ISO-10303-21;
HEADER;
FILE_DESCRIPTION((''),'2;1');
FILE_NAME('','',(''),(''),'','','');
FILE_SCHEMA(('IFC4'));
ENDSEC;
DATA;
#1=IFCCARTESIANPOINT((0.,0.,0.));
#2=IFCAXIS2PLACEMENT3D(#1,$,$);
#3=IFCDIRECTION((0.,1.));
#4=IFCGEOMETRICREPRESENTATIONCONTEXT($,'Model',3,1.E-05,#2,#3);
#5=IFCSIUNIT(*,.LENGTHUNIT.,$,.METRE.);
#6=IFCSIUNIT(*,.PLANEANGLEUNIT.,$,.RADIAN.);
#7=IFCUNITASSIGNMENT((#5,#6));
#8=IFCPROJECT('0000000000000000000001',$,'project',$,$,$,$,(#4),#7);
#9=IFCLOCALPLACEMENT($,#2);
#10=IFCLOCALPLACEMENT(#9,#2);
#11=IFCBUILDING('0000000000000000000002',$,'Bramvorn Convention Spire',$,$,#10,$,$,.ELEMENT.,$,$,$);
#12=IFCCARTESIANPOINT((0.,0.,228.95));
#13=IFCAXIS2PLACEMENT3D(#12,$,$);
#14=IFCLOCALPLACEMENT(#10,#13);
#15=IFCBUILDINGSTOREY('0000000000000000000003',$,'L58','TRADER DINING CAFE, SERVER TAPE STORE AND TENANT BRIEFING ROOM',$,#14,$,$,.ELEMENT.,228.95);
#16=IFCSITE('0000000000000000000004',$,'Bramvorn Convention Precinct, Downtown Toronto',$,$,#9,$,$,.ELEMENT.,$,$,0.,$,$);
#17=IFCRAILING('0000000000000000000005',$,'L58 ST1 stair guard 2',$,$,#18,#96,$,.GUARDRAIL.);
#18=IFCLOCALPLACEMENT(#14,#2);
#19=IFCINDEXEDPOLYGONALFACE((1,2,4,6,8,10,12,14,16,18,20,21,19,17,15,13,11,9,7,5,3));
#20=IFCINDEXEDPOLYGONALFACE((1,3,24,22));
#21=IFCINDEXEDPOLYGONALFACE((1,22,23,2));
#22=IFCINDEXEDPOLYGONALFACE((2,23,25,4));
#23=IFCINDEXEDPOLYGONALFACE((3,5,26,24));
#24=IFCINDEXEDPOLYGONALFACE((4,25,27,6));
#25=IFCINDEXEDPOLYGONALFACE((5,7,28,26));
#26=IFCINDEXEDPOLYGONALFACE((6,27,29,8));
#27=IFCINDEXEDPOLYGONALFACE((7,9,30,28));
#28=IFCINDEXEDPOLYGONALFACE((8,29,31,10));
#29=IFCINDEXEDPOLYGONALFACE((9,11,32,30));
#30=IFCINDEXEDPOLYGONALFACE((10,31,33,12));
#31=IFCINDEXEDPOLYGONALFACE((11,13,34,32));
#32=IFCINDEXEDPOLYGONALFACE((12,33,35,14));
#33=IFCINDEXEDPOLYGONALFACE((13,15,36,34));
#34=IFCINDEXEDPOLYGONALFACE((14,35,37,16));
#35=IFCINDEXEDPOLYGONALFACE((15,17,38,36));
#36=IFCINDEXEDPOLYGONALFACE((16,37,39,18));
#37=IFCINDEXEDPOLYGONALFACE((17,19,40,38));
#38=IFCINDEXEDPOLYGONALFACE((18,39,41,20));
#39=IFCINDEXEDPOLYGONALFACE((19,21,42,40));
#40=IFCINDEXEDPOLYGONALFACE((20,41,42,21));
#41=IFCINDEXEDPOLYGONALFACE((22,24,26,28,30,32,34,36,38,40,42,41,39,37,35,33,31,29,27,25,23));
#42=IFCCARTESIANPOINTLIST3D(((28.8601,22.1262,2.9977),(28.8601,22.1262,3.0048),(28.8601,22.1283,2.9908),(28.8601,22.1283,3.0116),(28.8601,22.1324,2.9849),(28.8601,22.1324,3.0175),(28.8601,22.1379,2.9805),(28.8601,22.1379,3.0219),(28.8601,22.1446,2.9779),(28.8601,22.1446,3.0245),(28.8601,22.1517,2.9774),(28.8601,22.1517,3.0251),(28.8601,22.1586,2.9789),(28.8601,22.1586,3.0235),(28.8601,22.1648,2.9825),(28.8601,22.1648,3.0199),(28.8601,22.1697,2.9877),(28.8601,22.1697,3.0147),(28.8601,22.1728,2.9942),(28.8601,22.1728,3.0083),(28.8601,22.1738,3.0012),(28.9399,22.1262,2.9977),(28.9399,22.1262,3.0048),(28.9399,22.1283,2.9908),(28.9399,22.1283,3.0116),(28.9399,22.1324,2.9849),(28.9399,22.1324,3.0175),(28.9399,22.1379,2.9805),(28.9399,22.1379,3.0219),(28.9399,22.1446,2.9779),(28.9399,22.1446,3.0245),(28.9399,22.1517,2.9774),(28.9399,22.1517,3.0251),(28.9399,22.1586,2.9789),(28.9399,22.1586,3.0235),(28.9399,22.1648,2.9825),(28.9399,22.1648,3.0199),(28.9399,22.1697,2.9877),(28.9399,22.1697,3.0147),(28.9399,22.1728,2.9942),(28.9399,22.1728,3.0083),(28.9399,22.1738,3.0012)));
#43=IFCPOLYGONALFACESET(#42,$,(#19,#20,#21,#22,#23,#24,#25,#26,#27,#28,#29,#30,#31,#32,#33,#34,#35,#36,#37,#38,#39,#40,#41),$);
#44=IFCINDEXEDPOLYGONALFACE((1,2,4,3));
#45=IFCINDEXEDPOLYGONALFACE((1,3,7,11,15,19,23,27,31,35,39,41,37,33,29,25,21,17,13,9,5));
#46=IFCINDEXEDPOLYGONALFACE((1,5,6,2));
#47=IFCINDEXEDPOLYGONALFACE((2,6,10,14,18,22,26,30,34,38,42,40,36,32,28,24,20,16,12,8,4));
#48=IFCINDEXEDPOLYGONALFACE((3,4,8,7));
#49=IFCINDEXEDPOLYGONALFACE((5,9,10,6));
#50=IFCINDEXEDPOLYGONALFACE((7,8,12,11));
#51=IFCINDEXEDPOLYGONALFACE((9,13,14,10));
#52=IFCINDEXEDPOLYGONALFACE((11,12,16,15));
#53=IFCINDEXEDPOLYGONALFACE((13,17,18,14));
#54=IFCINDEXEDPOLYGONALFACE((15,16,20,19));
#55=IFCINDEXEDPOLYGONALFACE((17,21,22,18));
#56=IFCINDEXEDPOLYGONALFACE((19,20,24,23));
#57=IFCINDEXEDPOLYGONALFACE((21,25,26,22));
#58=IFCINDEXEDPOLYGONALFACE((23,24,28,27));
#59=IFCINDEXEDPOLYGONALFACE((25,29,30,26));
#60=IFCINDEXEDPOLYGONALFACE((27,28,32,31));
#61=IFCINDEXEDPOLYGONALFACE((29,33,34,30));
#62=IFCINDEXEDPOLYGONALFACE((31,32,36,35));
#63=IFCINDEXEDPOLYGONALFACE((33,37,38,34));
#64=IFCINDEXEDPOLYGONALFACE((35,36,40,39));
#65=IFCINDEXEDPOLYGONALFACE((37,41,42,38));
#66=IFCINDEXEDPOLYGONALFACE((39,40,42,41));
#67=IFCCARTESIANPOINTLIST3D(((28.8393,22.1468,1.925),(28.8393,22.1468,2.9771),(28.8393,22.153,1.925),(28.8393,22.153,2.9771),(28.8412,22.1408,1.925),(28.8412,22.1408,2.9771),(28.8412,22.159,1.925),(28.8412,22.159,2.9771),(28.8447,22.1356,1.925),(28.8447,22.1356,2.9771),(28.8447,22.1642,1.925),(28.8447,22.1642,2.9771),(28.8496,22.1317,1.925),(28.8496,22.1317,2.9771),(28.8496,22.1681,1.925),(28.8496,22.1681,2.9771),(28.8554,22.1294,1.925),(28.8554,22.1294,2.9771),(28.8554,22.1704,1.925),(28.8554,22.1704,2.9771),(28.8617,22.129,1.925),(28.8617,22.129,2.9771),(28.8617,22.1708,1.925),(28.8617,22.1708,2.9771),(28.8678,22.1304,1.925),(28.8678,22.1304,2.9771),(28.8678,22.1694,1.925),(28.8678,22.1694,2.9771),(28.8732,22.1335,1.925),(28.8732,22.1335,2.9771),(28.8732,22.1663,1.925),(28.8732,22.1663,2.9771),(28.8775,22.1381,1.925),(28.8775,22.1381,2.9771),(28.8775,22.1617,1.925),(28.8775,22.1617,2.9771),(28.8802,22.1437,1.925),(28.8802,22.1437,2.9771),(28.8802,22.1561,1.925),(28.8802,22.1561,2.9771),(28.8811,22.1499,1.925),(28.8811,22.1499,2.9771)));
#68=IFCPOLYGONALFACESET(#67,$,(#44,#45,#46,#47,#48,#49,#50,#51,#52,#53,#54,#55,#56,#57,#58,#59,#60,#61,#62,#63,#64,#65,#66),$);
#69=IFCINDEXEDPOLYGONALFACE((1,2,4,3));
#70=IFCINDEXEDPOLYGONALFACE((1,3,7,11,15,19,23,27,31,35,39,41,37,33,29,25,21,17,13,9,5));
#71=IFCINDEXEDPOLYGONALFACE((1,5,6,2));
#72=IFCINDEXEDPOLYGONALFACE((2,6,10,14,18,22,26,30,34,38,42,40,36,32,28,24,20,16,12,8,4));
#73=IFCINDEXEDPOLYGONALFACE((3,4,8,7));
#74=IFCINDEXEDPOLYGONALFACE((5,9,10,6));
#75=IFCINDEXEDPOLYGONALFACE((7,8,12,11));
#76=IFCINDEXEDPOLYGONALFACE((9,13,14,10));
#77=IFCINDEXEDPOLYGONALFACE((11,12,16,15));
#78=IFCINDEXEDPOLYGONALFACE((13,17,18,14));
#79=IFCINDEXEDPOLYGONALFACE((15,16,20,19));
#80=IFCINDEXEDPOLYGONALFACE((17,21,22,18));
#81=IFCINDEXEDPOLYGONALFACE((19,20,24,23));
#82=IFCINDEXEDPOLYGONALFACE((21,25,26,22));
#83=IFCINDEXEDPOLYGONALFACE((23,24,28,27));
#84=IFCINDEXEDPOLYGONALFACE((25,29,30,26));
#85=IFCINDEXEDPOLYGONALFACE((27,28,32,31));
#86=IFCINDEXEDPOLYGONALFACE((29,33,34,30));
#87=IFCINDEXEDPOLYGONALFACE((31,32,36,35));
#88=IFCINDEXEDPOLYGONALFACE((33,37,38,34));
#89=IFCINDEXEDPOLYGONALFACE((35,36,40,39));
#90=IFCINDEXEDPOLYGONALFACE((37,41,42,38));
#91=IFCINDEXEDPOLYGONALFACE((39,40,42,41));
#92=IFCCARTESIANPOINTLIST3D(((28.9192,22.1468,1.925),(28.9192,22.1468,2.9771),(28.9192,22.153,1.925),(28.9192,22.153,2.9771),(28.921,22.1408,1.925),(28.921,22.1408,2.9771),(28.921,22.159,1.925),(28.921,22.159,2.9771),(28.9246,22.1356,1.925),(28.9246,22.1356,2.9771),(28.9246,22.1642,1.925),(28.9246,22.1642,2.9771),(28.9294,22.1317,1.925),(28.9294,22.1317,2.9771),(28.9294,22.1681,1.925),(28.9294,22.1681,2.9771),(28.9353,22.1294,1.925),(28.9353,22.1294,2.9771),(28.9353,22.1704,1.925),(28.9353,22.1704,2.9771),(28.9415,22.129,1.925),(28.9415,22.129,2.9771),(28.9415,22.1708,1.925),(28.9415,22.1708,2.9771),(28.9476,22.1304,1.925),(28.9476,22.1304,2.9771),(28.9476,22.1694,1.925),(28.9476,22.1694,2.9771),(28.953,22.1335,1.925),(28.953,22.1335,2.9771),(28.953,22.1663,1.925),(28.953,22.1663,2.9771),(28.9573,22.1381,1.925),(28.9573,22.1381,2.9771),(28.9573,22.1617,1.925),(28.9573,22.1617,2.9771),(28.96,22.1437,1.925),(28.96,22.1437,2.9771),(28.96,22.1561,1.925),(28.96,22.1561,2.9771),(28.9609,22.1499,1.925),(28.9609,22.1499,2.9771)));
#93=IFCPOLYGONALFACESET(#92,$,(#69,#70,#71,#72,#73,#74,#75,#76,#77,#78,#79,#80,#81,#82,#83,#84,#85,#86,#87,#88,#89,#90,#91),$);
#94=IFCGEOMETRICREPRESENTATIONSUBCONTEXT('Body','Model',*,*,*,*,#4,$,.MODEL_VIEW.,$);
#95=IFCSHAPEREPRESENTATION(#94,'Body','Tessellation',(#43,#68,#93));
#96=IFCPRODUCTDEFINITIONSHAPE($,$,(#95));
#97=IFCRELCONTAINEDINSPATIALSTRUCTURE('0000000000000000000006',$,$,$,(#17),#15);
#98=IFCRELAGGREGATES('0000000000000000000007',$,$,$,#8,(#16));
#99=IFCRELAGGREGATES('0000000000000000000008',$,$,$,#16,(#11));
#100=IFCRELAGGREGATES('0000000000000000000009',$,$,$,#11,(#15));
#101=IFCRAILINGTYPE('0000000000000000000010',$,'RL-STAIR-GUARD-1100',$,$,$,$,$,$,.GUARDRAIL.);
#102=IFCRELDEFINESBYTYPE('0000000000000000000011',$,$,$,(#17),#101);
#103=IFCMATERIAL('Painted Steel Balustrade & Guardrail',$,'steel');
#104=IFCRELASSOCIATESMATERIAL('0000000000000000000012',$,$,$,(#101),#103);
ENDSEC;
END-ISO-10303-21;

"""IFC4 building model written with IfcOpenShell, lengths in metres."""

from ifc_helpers import new_model, si_unit, direction, frame, origin, origin_2d, place, context, subcontext, project, spatial, circle, extrude, material, type_object, element, save


model = new_model("IFC4")

# Units and contexts
model_context = context("Model", 3, precision=1e-05, world=origin(), true_north=direction((0.0, 1.0)))
body_context = subcontext(model_context, "Body", "Model", "MODEL_VIEW")
ifc_project = project(units=[si_unit("LENGTHUNIT", "METRE"), si_unit("PLANEANGLEUNIT", "RADIAN")], contexts=[model_context])

# Site, building, storey
site_placement = place(None, origin())
site = spatial("IfcSite", under=ifc_project, at=site_placement, Name="Bramvorn Convention Precinct, Downtown Toronto", CompositionType="ELEMENT", RefElevation=0.0)
building_placement = place(site_placement, origin())
building = spatial("IfcBuilding", under=site, at=building_placement, Name="Bramvorn Convention Spire", CompositionType="ELEMENT")
storey_placement = place(building_placement, frame((0.0, 0.0, 228.95)))
storey = spatial("IfcBuildingStorey", under=building, at=storey_placement, Name="L58", Description="TRADER DINING CAFE, SERVER TAPE STORE AND TENANT BRIEFING ROOM", CompositionType="ELEMENT", Elevation=228.95)

# Railing
ifc_material_1 = material(Name="Painted Steel Balustrade & Guardrail", Category="steel")
railing_type_1 = type_object("IfcRailingType", Name="RL-STAIR-GUARD-1100", PredefinedType="GUARDRAIL", material=ifc_material_1)
railing_1_placement = place(storey_placement, frame((28.8601, 22.1499, 1.925)))
element("IfcRailing", 1, at=railing_1_placement, inside=storey, type_object=railing_type_1, Name="L58 ST1 stair guard 2", PredefinedType="GUARDRAIL", context=body_context, shape_type="SweptSolid", body=[
    extrude(circle(Radius=0.0239, at=origin_2d()), frame((0.0, 0.0, 1.0762), z_axis=(1.0, 0.0, 0.0), x_axis=(0.0, 1.0, 0.0)), (0.0, 0.0, 1.0), 0.0798),
    extrude(circle(Radius=0.021, at=origin_2d()), origin(), (0.0, 0.0, 1.0), 1.052),
    extrude(circle(Radius=0.021, at=origin_2d()), frame((0.0798, 0.0, 0.0)), (0.0, 0.0, 1.0), 1.052),
])

save(model, "model.ifc")
